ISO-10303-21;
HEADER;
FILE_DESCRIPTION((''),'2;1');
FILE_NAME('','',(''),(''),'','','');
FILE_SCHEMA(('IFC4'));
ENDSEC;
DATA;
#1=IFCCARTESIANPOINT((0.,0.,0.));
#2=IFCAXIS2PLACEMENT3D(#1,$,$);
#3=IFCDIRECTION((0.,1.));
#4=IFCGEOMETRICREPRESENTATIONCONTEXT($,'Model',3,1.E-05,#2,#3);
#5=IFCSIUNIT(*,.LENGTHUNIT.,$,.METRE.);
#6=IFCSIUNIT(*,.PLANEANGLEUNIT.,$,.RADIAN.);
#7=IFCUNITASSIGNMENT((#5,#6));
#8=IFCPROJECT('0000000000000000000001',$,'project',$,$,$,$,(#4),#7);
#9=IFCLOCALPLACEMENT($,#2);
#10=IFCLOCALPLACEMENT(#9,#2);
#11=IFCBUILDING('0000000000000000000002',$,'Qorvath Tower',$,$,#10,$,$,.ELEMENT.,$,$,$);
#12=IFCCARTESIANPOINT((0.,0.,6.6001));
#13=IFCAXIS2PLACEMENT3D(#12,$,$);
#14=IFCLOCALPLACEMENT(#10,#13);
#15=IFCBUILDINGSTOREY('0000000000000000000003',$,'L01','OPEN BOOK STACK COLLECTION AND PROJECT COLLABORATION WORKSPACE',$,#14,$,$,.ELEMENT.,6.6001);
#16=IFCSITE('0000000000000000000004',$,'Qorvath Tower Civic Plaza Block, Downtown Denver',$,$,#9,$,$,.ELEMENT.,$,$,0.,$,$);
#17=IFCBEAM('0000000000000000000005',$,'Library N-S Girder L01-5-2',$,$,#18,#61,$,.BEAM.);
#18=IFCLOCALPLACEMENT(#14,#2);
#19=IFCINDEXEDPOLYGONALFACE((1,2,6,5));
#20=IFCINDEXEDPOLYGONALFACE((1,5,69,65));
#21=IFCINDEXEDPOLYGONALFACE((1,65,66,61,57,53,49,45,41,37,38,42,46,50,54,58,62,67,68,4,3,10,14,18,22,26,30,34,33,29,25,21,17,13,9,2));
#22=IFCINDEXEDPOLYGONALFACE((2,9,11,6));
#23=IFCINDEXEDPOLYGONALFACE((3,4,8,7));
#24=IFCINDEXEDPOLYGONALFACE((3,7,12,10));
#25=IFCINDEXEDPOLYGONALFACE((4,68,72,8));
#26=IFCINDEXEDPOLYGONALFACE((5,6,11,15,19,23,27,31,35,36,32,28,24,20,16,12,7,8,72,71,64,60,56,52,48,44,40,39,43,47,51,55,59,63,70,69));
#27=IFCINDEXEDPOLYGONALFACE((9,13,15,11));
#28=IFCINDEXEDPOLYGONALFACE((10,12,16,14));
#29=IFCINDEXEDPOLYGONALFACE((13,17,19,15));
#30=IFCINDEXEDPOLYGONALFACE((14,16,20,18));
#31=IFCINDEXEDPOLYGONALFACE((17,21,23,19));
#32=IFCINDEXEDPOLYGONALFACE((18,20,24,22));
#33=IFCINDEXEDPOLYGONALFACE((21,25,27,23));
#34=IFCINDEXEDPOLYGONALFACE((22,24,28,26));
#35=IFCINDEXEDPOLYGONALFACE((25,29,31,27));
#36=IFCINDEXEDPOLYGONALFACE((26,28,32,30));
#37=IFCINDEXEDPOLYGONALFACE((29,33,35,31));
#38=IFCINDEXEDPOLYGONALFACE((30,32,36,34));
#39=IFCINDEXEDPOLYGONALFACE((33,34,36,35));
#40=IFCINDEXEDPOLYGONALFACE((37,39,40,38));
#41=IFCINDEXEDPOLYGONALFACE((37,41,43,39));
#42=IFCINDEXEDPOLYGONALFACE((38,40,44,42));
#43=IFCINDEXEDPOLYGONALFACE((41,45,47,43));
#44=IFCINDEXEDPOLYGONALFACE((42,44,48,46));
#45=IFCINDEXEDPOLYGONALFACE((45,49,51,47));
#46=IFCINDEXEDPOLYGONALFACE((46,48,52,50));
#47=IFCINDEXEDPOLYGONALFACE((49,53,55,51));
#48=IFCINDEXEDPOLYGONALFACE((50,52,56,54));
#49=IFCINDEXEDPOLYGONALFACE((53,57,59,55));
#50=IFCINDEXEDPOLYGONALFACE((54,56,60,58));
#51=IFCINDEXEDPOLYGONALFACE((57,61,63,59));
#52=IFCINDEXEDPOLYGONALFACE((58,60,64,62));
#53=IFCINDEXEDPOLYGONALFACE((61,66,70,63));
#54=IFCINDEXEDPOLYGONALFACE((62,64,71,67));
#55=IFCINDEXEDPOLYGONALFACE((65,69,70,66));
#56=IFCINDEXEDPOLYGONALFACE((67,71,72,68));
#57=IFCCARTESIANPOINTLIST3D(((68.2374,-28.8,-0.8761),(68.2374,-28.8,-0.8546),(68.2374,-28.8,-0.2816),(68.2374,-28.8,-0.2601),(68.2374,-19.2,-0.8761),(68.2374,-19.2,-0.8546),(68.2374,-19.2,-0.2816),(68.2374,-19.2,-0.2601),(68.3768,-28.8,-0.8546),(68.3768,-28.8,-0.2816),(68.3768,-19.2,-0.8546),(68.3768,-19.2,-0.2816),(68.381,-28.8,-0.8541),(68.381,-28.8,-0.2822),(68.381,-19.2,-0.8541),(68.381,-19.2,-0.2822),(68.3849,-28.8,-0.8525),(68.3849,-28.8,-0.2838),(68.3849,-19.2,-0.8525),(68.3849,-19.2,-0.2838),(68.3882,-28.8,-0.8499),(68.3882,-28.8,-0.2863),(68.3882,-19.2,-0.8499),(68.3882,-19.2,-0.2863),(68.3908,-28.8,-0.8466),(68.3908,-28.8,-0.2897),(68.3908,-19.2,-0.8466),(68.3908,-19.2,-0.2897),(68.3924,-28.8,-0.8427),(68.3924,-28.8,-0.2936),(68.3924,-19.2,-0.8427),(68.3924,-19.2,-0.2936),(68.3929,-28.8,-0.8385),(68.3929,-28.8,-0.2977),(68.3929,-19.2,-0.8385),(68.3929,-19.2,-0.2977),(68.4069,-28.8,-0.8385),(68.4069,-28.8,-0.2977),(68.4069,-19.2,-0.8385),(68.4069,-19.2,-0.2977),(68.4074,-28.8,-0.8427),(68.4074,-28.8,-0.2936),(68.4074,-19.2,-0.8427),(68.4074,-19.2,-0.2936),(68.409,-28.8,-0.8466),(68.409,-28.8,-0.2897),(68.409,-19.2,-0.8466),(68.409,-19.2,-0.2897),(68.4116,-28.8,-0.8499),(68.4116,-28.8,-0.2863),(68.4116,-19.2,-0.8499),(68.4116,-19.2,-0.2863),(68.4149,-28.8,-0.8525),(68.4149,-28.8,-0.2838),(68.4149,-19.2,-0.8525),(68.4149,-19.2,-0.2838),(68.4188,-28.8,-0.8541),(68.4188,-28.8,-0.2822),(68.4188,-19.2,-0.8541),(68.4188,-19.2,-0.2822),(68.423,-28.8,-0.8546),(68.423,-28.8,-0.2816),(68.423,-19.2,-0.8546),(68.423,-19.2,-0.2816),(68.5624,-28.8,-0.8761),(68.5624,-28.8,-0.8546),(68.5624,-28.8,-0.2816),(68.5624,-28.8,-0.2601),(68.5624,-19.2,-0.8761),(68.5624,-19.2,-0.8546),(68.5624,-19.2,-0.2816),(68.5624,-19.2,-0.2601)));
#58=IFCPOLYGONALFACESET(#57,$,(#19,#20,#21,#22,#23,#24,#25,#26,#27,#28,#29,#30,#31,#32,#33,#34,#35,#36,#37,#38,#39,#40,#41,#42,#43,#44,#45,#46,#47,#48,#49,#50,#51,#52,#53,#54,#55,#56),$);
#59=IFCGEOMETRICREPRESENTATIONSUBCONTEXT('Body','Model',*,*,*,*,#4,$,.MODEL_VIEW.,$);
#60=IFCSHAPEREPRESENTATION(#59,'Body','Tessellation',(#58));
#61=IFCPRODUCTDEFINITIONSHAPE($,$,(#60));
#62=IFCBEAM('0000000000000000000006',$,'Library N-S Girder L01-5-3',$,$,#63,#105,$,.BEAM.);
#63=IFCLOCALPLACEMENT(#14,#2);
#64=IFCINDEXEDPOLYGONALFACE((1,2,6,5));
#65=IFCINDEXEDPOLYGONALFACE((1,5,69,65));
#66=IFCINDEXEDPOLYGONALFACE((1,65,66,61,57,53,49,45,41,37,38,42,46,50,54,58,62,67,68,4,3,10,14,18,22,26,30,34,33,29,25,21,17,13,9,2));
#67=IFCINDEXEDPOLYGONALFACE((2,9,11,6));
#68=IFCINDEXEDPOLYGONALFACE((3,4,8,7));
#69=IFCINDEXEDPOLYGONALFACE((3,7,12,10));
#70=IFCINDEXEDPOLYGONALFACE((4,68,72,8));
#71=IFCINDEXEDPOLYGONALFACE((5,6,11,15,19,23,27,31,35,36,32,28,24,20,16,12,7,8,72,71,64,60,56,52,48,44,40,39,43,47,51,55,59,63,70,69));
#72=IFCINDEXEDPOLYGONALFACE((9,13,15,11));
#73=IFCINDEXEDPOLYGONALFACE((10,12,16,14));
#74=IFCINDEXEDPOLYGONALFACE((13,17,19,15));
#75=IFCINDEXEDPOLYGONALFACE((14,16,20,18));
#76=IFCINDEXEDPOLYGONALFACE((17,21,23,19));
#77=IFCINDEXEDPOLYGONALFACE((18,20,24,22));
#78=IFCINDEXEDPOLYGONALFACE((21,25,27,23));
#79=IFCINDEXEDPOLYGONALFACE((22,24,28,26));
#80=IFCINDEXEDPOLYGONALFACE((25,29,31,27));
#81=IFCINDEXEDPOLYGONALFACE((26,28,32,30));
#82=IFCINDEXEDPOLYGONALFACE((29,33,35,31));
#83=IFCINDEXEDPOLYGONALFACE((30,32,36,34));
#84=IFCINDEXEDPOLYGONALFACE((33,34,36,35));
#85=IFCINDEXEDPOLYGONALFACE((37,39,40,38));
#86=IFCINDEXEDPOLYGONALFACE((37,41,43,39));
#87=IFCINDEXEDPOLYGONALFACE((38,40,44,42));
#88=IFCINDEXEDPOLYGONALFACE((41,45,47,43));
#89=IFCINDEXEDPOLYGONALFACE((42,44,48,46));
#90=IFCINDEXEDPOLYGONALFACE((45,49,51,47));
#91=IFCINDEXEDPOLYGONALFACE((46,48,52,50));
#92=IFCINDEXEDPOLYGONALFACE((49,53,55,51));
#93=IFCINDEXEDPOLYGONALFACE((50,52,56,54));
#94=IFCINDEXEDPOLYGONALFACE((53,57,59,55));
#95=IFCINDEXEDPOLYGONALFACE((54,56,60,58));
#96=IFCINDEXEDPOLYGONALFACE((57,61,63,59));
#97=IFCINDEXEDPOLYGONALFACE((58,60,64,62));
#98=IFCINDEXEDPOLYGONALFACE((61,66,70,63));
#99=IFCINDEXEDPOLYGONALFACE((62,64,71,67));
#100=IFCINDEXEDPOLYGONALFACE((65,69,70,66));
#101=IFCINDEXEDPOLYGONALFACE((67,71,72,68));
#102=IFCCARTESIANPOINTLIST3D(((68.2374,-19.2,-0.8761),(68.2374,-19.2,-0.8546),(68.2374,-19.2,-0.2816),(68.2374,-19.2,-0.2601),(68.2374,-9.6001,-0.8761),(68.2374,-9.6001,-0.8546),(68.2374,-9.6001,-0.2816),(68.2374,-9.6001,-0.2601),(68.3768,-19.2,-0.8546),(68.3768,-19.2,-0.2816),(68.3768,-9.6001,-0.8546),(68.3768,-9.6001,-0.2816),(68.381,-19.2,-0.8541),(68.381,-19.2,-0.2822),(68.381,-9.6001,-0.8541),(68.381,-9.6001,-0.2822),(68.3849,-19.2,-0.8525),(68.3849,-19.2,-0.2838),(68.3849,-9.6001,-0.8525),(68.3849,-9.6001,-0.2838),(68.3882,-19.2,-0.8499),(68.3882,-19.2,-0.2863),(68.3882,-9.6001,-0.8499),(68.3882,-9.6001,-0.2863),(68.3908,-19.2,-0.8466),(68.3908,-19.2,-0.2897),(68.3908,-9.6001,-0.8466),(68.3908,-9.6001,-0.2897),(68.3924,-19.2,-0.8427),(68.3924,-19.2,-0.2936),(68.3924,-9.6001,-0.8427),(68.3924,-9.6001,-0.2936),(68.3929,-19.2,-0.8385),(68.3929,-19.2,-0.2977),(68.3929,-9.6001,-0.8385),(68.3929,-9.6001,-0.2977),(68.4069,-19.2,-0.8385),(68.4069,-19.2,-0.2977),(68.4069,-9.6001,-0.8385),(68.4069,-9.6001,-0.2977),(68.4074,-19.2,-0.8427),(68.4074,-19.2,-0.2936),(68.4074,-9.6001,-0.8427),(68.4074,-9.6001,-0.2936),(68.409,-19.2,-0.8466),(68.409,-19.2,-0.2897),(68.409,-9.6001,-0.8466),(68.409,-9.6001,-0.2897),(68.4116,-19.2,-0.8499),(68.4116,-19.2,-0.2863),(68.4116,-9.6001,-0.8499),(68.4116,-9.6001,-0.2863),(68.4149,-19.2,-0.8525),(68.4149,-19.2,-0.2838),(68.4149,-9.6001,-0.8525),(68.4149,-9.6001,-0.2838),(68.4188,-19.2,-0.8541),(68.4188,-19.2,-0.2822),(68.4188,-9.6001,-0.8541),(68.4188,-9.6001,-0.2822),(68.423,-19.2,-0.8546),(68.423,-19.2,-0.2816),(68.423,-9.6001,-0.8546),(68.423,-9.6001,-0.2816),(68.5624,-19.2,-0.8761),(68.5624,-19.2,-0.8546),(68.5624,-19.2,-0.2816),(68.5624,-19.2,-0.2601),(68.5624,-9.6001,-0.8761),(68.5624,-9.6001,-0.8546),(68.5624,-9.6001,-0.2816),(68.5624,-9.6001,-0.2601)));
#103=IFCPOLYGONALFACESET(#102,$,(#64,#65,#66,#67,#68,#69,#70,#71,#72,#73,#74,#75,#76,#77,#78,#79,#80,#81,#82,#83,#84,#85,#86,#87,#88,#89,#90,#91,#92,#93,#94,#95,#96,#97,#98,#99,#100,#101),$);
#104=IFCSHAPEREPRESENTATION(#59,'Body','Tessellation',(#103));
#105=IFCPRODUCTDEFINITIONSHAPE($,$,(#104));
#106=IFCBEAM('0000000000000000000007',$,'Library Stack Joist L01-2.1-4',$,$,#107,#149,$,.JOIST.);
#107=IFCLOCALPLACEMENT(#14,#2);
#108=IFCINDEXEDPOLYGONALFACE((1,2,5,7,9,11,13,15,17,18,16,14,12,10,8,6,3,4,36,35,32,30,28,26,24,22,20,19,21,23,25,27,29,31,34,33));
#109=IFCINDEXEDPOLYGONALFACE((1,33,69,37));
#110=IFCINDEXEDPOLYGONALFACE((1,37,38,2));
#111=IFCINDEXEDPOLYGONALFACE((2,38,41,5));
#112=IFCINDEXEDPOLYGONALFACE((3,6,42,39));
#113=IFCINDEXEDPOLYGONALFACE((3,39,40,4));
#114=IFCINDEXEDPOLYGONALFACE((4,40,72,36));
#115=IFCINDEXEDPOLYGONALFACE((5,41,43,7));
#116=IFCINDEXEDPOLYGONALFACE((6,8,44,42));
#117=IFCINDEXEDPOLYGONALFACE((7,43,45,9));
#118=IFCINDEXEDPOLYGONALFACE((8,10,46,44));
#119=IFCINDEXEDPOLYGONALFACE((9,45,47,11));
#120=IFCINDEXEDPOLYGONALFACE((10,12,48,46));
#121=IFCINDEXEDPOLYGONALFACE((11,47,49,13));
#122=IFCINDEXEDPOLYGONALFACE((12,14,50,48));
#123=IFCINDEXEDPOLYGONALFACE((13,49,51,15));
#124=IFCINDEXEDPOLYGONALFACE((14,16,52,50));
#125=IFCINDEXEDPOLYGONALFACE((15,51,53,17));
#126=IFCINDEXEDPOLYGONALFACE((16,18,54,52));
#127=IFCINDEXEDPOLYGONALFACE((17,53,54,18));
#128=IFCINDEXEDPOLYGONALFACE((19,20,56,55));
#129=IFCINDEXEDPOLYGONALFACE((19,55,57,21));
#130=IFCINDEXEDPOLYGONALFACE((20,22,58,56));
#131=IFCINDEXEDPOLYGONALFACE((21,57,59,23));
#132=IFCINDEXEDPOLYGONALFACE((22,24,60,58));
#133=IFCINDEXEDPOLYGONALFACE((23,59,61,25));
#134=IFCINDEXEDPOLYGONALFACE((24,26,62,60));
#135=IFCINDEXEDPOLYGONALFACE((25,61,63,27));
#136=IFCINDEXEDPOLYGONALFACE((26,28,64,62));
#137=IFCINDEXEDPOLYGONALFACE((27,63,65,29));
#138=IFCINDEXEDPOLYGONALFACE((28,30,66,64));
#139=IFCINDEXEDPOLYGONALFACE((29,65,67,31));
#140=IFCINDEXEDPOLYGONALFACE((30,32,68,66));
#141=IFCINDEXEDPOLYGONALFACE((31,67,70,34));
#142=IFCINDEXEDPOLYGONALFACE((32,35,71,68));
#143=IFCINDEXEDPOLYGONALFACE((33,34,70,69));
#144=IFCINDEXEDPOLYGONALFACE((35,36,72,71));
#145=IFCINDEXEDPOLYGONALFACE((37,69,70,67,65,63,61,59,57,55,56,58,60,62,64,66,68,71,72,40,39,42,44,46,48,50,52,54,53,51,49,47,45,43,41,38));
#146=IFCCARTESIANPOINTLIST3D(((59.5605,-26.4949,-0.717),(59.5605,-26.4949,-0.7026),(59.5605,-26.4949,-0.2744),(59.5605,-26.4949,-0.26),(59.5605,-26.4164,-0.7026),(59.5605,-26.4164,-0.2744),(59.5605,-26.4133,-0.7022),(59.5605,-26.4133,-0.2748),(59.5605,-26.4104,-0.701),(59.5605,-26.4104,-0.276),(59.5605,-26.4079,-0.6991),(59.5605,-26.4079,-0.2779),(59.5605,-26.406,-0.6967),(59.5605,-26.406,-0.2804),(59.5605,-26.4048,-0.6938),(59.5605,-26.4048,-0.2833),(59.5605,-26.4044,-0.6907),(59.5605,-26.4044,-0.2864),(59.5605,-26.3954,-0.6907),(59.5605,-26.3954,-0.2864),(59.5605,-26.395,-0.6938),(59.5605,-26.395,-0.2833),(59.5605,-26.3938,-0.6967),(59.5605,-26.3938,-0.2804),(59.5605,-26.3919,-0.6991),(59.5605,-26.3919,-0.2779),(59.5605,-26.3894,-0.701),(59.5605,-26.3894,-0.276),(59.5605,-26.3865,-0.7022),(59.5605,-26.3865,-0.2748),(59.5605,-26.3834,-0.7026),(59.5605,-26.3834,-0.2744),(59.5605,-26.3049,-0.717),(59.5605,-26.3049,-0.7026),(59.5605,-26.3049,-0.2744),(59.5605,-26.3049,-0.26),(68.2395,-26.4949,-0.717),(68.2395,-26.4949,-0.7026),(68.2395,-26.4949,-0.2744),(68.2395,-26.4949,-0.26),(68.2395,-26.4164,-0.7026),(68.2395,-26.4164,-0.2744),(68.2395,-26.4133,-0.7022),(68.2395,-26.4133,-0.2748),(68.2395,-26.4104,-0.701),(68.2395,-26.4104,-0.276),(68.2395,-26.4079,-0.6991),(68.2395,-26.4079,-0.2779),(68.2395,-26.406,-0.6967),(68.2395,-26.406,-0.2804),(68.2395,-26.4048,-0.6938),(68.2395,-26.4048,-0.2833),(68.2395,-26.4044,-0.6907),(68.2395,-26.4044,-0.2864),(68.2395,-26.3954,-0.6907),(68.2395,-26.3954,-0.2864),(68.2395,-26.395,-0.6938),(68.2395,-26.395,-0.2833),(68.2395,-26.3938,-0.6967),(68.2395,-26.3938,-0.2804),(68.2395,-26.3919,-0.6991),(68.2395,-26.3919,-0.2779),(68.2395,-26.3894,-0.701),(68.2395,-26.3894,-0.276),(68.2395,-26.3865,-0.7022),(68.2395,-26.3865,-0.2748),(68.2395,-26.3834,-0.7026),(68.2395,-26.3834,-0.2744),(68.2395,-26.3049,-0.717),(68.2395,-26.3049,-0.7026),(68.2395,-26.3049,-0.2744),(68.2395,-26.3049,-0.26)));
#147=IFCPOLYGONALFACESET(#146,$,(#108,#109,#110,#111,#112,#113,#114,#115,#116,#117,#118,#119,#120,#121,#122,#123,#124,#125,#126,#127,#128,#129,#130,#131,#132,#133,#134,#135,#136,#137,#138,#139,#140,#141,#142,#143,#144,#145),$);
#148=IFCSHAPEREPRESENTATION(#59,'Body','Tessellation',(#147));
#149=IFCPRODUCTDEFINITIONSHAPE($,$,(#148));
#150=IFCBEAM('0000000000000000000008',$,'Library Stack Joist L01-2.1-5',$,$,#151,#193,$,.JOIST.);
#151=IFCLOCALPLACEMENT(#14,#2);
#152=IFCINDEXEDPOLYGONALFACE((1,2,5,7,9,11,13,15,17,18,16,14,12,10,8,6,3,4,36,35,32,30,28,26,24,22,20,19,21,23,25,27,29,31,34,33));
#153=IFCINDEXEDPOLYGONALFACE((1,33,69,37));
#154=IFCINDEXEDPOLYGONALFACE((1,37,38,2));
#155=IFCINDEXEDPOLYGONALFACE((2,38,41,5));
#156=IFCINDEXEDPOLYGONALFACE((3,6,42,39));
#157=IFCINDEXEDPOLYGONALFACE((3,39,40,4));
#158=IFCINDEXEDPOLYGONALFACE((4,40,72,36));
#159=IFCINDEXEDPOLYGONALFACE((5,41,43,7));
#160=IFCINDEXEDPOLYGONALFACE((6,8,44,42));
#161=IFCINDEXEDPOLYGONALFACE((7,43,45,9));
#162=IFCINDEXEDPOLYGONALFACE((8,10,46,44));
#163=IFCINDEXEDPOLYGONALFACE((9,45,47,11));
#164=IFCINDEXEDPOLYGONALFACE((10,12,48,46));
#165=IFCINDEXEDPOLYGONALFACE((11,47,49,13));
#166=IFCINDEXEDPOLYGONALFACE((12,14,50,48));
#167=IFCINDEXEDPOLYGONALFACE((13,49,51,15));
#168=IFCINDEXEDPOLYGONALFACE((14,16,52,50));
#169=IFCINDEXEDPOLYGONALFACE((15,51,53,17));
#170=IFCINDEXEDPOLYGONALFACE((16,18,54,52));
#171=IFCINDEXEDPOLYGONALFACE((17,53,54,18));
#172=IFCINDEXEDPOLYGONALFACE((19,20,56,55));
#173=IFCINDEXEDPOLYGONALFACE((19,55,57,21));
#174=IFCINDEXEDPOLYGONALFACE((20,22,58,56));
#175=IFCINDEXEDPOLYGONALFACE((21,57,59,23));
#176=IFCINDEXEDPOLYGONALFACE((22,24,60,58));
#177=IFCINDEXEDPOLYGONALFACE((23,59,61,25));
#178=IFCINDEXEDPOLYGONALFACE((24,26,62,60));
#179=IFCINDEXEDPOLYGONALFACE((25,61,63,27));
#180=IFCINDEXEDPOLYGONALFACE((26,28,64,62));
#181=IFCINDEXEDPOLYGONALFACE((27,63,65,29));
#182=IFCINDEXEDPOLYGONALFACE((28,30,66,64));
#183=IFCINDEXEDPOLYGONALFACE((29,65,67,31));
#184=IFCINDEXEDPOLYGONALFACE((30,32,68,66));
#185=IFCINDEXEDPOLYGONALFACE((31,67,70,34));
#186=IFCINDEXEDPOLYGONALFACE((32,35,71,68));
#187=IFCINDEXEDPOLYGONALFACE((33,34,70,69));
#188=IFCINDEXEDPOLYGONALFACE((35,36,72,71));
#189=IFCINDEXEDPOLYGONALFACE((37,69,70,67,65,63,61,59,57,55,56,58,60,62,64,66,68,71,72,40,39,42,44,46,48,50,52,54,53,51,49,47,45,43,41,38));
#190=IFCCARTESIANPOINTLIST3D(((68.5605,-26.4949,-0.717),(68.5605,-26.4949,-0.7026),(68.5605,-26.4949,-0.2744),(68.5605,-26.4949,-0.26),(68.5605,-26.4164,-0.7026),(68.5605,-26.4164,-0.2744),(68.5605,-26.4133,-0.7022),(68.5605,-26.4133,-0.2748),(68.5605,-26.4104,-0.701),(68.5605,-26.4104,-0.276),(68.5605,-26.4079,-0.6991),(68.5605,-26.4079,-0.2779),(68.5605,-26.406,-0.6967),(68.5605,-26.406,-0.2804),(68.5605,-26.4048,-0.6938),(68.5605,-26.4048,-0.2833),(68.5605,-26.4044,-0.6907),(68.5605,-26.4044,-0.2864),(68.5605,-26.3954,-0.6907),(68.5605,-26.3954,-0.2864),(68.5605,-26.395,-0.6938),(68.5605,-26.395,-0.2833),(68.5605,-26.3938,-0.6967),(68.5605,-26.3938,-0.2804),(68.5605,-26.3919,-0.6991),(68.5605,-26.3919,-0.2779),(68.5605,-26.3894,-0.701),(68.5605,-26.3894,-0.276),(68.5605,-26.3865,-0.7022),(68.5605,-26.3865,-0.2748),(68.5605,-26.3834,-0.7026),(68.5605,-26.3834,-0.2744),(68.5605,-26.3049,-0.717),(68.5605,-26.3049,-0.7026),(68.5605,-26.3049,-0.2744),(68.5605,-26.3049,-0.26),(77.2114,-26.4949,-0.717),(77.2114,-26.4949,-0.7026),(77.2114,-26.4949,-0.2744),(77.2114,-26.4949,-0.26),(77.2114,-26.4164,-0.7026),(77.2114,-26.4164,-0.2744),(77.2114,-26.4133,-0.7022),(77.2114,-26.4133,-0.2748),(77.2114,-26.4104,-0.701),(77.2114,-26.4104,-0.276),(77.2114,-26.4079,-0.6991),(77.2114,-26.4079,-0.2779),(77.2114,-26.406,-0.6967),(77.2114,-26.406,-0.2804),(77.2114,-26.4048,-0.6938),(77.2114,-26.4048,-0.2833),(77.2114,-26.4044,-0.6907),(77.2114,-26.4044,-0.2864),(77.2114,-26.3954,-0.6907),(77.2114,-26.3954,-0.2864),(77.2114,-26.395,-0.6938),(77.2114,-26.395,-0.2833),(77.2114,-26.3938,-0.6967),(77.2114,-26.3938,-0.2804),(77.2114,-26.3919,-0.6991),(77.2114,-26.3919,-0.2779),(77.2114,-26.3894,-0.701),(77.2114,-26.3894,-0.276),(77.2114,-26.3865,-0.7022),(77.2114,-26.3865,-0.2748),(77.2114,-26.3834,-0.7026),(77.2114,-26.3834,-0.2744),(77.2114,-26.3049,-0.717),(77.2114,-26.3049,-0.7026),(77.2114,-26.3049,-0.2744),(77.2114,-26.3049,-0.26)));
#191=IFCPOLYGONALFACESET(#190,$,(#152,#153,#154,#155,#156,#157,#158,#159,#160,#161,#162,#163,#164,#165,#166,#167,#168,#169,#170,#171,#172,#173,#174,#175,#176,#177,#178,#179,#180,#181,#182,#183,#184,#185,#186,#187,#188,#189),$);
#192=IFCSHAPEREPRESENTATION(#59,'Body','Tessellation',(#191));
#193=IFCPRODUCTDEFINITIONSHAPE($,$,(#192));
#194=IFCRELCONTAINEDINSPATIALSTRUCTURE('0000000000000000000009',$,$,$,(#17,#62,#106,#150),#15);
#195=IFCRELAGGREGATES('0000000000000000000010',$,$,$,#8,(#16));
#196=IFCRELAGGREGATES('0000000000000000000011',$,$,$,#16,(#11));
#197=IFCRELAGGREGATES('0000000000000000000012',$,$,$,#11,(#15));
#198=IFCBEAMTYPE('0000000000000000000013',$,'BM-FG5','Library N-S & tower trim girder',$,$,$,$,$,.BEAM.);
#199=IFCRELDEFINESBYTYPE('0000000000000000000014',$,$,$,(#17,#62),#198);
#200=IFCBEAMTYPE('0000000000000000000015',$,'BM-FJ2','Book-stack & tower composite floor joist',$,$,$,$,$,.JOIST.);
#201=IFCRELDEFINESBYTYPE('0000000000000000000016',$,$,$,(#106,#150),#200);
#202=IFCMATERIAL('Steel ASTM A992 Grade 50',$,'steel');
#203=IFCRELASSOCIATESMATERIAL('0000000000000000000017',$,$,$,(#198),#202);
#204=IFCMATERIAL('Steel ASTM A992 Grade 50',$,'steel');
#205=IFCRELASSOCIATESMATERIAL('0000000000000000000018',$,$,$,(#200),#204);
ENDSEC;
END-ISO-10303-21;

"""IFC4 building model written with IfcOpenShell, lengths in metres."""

from ifc_helpers import new_model, si_unit, direction, frame, origin, origin_2d, place, context, subcontext, project, spatial, i_section, extrude, material, material_profile, profile_set, type_object, element, save


model = new_model("IFC4")

# Units and contexts
model_context = context("Model", 3, precision=1e-05, world=origin(), true_north=direction((0.0, 1.0)))
body_context = subcontext(model_context, "Body", "Model", "MODEL_VIEW")
ifc_project = project(units=[si_unit("LENGTHUNIT", "METRE"), si_unit("PLANEANGLEUNIT", "RADIAN")], contexts=[model_context])

# Site, building, storey
site_placement = place(None, origin())
site = spatial("IfcSite", under=ifc_project, at=site_placement, Name="Qorvath Tower Civic Plaza Block, Downtown Denver", CompositionType="ELEMENT", RefElevation=0.0)
building_placement = place(site_placement, origin())
building = spatial("IfcBuilding", under=site, at=building_placement, Name="Qorvath Tower", CompositionType="ELEMENT")
storey_placement = place(building_placement, frame((0.0, 0.0, 6.6001)))
storey = spatial("IfcBuildingStorey", under=building, at=storey_placement, Name="L01", Description="OPEN BOOK STACK COLLECTION AND PROJECT COLLABORATION WORKSPACE", CompositionType="ELEMENT", Elevation=6.6001)

# Beams
ifc_material_1 = material(Name="Steel ASTM A992 Grade 50", Category="steel")
ifc_material_profile_1 = material_profile(ifc_material_1, i_section(OverallWidth=0.325, OverallDepth=0.616, WebThickness=0.0139, FlangeThickness=0.0215, FilletRadius=0.0161, at=origin_2d()), Name="W24x117")
ifc_profile_set_1 = profile_set([ifc_material_profile_1], Name="Steel ASTM A992 Grade 50")
beam_type_1 = type_object("IfcBeamType", Name="BM-FG5", Description="Library N-S & tower trim girder", PredefinedType="BEAM", material=ifc_profile_set_1)
beam_1_placement = place(storey_placement, frame((68.3999, -28.8, -0.5681), z_axis=(0.0, 1.0, 0.0), x_axis=(-1.0, 0.0, 0.0)))
element("IfcBeam", 1, at=beam_1_placement, inside=storey, type_object=beam_type_1, Name="Library N-S Girder L01-5-2", PredefinedType="BEAM", context=body_context, shape_type="SweptSolid", body=[
    extrude(i_section(OverallWidth=0.325, OverallDepth=0.616, WebThickness=0.0139, FlangeThickness=0.0215, FilletRadius=0.0161, at=origin_2d()), origin(), (0.0, 0.0, 1.0), 9.6001),
])
beam_2_placement = place(storey_placement, frame((68.3999, -19.2, -0.5681), z_axis=(0.0, 1.0, 0.0), x_axis=(-1.0, 0.0, 0.0)))
element("IfcBeam", 2, at=beam_2_placement, inside=storey, type_object=beam_type_1, Name="Library N-S Girder L01-5-3", PredefinedType="BEAM", context=body_context, shape_type="SweptSolid", body=[
    extrude(i_section(OverallWidth=0.325, OverallDepth=0.616, WebThickness=0.0139, FlangeThickness=0.0215, FilletRadius=0.0161, at=origin_2d()), origin(), (0.0, 0.0, 1.0), 9.5999),
])
ifc_material_2 = material(Name="Steel ASTM A992 Grade 50", Category="steel")
ifc_material_profile_2 = material_profile(ifc_material_2, i_section(OverallWidth=0.1899, OverallDepth=0.457, WebThickness=0.009, FlangeThickness=0.0144, FilletRadius=0.012, at=origin_2d()), Name="W18x50")
ifc_profile_set_2 = profile_set([ifc_material_profile_2], Name="Steel ASTM A992 Grade 50")
beam_type_2 = type_object("IfcBeamType", Name="BM-FJ2", Description="Book-stack & tower composite floor joist", PredefinedType="JOIST", material=ifc_profile_set_2)
beam_3_placement = place(storey_placement, frame((59.5605, -26.3999, -0.4885), z_axis=(1.0, 0.0, 0.0), x_axis=(0.0, 1.0, 0.0)))
element("IfcBeam", 3, at=beam_3_placement, inside=storey, type_object=beam_type_2, Name="Library Stack Joist L01-2.1-4", PredefinedType="JOIST", context=body_context, shape_type="SweptSolid", body=[
    extrude(i_section(OverallWidth=0.1899, OverallDepth=0.457, WebThickness=0.009, FlangeThickness=0.0144, FilletRadius=0.012, at=origin_2d()), origin(), (0.0, 0.0, 1.0), 8.679),
])
beam_4_placement = place(storey_placement, frame((68.5605, -26.3999, -0.4885), z_axis=(1.0, 0.0, 0.0), x_axis=(0.0, 1.0, 0.0)))
element("IfcBeam", 4, at=beam_4_placement, inside=storey, type_object=beam_type_2, Name="Library Stack Joist L01-2.1-5", PredefinedType="JOIST", context=body_context, shape_type="SweptSolid", body=[
    extrude(i_section(OverallWidth=0.1899, OverallDepth=0.457, WebThickness=0.009, FlangeThickness=0.0144, FilletRadius=0.012, at=origin_2d()), origin(), (0.0, 0.0, 1.0), 8.6509),
])

save(model, "model.ifc")
